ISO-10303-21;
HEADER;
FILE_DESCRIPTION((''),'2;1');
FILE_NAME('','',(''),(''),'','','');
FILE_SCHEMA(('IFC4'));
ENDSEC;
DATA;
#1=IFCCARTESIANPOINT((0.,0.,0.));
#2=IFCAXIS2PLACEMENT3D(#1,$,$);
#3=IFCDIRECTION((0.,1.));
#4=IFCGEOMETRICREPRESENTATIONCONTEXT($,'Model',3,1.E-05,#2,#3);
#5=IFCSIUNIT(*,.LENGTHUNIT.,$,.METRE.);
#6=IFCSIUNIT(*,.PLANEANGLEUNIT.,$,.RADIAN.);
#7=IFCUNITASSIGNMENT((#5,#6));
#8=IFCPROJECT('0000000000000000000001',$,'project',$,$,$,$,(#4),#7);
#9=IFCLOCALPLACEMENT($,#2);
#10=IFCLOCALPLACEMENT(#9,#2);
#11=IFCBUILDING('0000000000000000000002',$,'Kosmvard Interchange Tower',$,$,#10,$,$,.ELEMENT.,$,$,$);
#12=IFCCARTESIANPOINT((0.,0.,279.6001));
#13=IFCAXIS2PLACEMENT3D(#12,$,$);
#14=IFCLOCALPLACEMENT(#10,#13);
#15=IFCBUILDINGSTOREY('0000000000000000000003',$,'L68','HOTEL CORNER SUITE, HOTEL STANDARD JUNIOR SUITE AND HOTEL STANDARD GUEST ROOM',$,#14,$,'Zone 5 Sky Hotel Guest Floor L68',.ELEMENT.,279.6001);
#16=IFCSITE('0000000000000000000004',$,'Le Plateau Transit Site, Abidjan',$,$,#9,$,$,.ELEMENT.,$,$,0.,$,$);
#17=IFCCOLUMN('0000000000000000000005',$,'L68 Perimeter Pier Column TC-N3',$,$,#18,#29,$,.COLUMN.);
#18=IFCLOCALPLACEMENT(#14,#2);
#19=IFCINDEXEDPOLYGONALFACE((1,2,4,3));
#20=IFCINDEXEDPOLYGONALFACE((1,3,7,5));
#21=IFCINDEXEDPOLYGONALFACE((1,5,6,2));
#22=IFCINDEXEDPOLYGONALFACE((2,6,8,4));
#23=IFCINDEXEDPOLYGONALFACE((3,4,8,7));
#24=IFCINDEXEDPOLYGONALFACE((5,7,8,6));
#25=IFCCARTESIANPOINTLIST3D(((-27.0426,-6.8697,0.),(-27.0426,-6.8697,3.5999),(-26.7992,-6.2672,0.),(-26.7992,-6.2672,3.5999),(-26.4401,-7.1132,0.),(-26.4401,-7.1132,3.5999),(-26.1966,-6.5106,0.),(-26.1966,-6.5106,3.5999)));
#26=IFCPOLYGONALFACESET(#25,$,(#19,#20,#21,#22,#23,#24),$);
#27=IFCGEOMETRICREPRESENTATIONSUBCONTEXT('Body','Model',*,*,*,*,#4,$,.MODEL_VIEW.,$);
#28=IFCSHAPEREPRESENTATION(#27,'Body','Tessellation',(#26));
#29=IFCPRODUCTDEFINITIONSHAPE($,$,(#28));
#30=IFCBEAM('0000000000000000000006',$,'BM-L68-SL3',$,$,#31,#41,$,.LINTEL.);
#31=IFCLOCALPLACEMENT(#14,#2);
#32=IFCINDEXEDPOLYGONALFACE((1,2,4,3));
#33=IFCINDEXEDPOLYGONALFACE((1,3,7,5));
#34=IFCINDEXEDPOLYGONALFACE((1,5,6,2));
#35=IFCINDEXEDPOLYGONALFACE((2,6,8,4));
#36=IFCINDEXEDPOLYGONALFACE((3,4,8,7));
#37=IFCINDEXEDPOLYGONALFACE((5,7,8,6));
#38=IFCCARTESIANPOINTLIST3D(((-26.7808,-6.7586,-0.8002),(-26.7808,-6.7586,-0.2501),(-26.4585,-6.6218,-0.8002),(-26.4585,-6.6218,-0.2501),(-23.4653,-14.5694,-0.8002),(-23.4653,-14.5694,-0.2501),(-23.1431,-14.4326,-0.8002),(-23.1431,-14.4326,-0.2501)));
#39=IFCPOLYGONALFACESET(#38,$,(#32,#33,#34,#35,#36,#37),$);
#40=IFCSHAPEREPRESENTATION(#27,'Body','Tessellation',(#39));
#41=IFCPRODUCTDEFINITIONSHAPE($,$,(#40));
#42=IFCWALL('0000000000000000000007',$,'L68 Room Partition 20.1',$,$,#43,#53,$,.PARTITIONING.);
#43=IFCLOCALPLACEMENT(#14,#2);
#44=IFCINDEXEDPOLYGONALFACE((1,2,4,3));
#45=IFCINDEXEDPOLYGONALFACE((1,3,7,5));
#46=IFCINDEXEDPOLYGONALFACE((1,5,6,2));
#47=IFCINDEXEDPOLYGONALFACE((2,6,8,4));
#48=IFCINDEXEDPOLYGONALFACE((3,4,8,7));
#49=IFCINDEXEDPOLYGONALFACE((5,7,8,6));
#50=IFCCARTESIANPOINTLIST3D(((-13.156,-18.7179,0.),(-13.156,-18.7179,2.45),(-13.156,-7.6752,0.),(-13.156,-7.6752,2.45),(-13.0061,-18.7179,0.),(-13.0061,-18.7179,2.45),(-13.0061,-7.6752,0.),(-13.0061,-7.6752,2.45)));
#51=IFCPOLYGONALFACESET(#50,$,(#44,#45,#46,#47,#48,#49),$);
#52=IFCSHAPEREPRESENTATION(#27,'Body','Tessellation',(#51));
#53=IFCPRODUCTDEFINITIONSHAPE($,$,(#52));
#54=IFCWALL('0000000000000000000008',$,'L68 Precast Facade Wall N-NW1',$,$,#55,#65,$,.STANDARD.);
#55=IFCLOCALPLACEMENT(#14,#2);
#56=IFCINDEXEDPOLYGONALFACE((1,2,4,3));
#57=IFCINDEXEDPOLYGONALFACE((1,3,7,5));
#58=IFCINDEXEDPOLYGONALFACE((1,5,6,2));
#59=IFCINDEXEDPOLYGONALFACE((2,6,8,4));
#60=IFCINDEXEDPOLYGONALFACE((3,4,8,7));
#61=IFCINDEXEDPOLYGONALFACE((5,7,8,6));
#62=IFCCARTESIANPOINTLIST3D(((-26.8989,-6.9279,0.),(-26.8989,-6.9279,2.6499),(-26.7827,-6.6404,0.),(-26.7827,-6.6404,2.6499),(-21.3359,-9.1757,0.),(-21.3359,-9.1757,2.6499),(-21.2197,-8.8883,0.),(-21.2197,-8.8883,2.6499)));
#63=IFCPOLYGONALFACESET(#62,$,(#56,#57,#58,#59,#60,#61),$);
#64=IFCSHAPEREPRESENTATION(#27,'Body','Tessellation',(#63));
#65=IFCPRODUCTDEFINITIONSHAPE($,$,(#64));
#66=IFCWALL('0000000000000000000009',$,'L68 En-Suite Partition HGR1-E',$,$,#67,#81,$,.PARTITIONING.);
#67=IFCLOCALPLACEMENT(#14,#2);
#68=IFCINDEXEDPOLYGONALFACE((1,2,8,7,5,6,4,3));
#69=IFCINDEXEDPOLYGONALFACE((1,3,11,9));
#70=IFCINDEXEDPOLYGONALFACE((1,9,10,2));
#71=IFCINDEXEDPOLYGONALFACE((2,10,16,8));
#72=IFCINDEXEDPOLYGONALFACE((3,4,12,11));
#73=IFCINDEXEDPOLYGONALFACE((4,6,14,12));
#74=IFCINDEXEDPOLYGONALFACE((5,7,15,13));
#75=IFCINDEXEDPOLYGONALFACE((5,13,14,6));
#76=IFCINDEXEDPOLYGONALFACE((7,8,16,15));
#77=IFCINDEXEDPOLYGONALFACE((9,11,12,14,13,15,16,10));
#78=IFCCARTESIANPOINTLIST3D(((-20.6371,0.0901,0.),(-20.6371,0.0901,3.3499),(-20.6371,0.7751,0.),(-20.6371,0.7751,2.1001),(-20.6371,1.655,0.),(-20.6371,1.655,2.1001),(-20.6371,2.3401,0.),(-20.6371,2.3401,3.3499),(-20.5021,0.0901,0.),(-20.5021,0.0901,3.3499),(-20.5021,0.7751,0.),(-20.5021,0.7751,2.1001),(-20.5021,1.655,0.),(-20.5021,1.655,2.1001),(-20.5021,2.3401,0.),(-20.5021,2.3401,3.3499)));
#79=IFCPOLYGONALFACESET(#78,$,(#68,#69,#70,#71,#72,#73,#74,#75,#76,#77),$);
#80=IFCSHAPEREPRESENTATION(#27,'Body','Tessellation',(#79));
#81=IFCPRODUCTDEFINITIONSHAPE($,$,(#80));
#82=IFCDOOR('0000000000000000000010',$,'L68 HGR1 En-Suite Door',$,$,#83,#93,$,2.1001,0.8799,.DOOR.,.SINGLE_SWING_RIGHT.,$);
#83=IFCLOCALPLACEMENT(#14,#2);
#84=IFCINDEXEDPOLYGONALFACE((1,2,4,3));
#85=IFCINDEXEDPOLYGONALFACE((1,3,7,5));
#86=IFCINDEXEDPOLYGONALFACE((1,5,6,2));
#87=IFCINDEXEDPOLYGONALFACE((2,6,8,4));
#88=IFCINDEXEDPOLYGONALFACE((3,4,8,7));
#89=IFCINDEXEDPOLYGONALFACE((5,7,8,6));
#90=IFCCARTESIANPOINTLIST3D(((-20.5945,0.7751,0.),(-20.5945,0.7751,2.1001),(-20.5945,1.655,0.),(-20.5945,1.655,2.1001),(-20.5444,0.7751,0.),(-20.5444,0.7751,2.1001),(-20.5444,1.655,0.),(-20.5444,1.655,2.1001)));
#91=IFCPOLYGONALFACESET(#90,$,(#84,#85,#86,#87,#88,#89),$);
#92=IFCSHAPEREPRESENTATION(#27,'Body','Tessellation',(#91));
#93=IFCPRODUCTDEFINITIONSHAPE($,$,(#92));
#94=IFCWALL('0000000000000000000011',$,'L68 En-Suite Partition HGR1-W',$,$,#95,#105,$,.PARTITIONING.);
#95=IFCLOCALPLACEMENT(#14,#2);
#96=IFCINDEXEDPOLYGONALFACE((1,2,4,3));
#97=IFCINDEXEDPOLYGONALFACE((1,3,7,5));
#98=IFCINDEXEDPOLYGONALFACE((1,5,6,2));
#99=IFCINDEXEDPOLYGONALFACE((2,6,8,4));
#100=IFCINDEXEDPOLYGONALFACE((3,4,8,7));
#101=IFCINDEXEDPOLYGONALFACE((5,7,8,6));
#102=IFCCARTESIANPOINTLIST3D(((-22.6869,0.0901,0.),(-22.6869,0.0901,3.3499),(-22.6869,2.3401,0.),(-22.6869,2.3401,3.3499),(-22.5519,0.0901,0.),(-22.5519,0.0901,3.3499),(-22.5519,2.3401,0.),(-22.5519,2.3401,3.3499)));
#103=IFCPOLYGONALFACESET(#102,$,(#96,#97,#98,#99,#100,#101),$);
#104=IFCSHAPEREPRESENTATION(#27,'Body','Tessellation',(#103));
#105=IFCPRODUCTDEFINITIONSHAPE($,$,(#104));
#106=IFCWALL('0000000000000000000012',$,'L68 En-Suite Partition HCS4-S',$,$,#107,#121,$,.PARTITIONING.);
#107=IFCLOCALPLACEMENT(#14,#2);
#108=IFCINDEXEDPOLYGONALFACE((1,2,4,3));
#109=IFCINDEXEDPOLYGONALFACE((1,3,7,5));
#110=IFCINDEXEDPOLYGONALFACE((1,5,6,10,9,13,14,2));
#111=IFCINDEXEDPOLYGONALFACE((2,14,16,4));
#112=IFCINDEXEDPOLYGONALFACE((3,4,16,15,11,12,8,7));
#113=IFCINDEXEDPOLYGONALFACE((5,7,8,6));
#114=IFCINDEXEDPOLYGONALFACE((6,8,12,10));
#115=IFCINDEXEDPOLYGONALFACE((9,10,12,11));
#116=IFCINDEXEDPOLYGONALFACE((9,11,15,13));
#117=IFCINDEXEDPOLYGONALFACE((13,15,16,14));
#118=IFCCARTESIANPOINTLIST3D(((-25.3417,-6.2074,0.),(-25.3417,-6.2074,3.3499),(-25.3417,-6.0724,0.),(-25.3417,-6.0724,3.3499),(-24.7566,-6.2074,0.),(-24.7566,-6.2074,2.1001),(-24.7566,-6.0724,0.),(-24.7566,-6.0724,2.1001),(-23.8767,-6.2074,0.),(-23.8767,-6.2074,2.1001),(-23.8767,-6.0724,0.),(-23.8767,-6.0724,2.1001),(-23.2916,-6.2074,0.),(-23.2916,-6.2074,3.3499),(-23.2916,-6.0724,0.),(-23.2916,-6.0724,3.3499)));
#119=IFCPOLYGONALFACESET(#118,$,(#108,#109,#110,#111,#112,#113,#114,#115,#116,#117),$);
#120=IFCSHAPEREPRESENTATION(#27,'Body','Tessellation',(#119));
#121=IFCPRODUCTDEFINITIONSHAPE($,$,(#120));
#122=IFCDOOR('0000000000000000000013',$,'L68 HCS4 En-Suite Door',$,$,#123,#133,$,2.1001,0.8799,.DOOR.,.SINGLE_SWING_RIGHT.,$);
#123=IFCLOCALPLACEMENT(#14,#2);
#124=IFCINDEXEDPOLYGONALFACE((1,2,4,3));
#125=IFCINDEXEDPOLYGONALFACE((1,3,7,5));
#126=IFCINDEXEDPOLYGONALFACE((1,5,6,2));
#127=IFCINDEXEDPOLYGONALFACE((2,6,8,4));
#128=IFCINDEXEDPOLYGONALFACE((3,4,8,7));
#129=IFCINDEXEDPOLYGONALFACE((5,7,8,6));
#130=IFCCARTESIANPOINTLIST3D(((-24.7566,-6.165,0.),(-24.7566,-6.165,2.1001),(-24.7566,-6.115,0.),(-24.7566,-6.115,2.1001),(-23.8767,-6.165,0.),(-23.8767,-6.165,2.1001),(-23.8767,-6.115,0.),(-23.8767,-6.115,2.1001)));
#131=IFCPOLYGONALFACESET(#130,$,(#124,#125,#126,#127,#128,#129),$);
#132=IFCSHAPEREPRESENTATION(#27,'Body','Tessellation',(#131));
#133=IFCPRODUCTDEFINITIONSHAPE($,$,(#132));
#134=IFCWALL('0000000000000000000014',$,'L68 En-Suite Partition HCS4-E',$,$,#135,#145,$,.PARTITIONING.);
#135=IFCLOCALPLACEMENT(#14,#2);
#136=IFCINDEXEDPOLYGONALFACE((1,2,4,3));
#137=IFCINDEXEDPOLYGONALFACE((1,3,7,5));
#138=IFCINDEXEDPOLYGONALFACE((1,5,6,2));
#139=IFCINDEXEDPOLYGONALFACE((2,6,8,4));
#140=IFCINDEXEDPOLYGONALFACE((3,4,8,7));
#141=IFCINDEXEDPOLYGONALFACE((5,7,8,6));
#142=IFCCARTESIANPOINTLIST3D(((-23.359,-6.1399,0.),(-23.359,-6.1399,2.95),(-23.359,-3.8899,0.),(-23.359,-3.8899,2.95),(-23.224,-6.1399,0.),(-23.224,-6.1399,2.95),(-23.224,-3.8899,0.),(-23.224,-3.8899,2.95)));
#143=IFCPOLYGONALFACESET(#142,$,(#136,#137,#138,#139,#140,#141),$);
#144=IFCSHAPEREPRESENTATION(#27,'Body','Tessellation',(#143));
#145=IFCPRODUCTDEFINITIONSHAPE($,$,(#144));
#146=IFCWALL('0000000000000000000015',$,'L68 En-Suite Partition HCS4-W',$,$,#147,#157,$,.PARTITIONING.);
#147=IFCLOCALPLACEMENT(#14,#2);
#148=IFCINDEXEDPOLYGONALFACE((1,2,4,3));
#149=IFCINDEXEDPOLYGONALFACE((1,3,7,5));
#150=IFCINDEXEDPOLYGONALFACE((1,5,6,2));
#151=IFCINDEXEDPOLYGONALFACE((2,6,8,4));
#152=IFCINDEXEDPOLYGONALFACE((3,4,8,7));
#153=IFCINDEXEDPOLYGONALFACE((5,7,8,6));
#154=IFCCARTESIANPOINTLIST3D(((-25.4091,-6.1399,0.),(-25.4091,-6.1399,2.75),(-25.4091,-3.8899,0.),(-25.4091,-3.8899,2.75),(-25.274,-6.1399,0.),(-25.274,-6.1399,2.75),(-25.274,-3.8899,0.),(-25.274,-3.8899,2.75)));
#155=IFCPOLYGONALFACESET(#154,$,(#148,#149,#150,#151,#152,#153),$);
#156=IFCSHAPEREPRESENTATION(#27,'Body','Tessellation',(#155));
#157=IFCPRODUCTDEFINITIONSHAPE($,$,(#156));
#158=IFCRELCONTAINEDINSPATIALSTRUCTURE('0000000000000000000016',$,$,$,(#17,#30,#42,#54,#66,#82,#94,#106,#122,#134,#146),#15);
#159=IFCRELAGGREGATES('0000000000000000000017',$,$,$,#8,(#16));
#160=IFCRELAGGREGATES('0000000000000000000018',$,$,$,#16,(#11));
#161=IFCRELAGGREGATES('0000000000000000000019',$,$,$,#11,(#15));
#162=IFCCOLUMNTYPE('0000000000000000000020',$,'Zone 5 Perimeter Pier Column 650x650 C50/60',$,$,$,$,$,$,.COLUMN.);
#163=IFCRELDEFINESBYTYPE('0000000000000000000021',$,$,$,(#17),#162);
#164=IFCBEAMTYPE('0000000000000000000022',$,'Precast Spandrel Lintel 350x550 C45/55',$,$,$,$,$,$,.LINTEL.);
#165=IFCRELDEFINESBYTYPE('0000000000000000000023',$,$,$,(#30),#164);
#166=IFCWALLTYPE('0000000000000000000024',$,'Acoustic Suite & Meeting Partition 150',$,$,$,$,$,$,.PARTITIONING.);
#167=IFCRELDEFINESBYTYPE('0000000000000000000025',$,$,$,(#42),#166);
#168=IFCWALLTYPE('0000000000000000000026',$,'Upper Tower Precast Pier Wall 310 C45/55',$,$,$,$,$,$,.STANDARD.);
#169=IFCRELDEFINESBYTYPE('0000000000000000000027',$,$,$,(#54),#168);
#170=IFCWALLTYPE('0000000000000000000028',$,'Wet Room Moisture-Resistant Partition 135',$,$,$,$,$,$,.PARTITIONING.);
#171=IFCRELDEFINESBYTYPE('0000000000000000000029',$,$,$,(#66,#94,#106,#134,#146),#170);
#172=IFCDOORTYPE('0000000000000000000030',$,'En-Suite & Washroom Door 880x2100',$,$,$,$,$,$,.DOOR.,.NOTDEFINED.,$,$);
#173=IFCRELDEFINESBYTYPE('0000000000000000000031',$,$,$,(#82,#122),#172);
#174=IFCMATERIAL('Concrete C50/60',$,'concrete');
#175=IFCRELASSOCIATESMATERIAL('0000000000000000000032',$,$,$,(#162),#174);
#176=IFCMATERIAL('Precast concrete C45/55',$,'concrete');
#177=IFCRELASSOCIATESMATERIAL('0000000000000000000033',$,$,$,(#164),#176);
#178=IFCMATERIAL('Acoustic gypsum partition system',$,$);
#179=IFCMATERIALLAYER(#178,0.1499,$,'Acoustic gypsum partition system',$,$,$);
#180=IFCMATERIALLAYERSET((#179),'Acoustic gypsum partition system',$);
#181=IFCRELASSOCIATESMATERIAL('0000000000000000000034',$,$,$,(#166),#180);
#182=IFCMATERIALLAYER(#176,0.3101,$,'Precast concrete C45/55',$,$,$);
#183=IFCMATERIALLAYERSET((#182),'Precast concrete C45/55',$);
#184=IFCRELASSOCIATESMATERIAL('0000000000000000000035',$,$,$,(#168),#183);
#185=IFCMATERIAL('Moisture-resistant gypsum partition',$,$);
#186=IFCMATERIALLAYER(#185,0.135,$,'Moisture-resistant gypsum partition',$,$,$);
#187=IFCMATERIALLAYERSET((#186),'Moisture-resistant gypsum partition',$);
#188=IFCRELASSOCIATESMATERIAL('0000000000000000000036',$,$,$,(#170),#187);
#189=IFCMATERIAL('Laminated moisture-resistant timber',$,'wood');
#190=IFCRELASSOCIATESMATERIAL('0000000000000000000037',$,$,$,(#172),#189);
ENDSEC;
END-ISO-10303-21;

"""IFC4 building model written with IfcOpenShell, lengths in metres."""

from ifc_helpers import new_model, si_unit, direction, frame, frame_2d, origin, origin_2d, place, context, subcontext, project, spatial, rectangle, extrude, source, transform, mapped, material, layer, layer_set, material_profile, profile_set, type_object, element, fill, save


model = new_model("IFC4")

# Units and contexts
model_context = context("Model", 3, precision=1e-05, world=origin(), true_north=direction((0.0, 1.0)))
body_context = subcontext(model_context, "Body", "Model", "MODEL_VIEW")
ifc_project = project(units=[si_unit("LENGTHUNIT", "METRE"), si_unit("PLANEANGLEUNIT", "RADIAN")], contexts=[model_context])

# Site, building, storey
site_placement = place(None, origin())
site = spatial("IfcSite", under=ifc_project, at=site_placement, Name="Le Plateau Transit Site, Abidjan", CompositionType="ELEMENT", RefElevation=0.0)
building_placement = place(site_placement, origin())
building = spatial("IfcBuilding", under=site, at=building_placement, Name="Kosmvard Interchange Tower", CompositionType="ELEMENT")
storey_placement = place(building_placement, frame((0.0, 0.0, 279.6001)))
storey = spatial("IfcBuildingStorey", under=building, at=storey_placement, Name="L68", Description="HOTEL CORNER SUITE, HOTEL STANDARD JUNIOR SUITE AND HOTEL STANDARD GUEST ROOM", LongName="Zone 5 Sky Hotel Guest Floor L68", CompositionType="ELEMENT", Elevation=279.6001)

# Column
ifc_material_1 = material(Name="Concrete C50/60", Category="concrete")
ifc_material_profile_1 = material_profile(ifc_material_1, rectangle(XDim=0.6499, YDim=0.6499, at=origin_2d()), Name="TC 650x650")
ifc_profile_set_1 = profile_set([ifc_material_profile_1], Name="Concrete C50/60")
column_type = type_object("IfcColumnType", Name="Zone 5 Perimeter Pier Column 650x650 C50/60", PredefinedType="COLUMN", material=ifc_profile_set_1)
shared_shape_1 = source(origin(), body_context, "Body", "SweptSolid", [
    extrude(rectangle(XDim=0.6499, YDim=0.6499, at=origin_2d()), origin(), (0.0, 0.0, 1.0), 3.5999),
])
column_placement = place(storey_placement, frame((-26.6196, -6.6902, 0.0), z_axis=(0.0, 0.0, 1.0), x_axis=(0.374607, 0.927184, 0.0)))
element("IfcColumn", 1, at=column_placement, inside=storey, type_object=column_type, Name="L68 Perimeter Pier Column TC-N3", PredefinedType="COLUMN", context=body_context, shape_type="MappedRepresentation", body=[
    mapped(shared_shape_1, transform((0.0, 0.0, 0.0), scale=1.0)),
])

# Beam
ifc_material_2 = material(Name="Precast concrete C45/55", Category="concrete")
ifc_material_profile_2 = material_profile(ifc_material_2, rectangle(XDim=0.3501, YDim=0.55, at=origin_2d()), Name="SL 350x550")
ifc_profile_set_2 = profile_set([ifc_material_profile_2], Name="Precast concrete C45/55")
beam_type = type_object("IfcBeamType", Name="Precast Spandrel Lintel 350x550 C45/55", PredefinedType="LINTEL", material=ifc_profile_set_2)
shared_shape_2 = source(origin(), body_context, "Body", "SweptSolid", [
    extrude(rectangle(XDim=0.3501, YDim=0.55, at=origin_2d()), origin(), (0.0, 0.0, 1.0), 8.4854),
])
beam_placement = place(storey_placement, frame((-26.6196, -6.6902, -0.5251), z_axis=(0.390726, -0.920507, 0.0), x_axis=(0.920507, 0.390726, 0.0)))
element("IfcBeam", 2, at=beam_placement, inside=storey, type_object=beam_type, Name="BM-L68-SL3", PredefinedType="LINTEL", context=body_context, shape_type="MappedRepresentation", body=[
    mapped(shared_shape_2, transform((0.0, 0.0, 0.0), scale=1.0)),
])

# Walls
ifc_material_3 = material(Name="Acoustic gypsum partition system")
ifc_layer_1 = layer(ifc_material_3, 0.1499, Name="Acoustic gypsum partition system")
ifc_layer_set_1 = layer_set([ifc_layer_1], Name="Acoustic gypsum partition system")
wall_type_1 = type_object("IfcWallType", Name="Acoustic Suite & Meeting Partition 150", PredefinedType="PARTITIONING", material=ifc_layer_set_1)
wall_1_placement = place(storey_placement, frame((-13.0811, -7.675, 0.0), z_axis=(0.0, 0.0, 1.0), x_axis=(0.0, -1.0, 0.0)))
element("IfcWall", 3, at=wall_1_placement, inside=storey, type_object=wall_type_1, Name="L68 Room Partition 20.1", PredefinedType="PARTITIONING", context=body_context, shape_type="SweptSolid", body=[
    extrude(rectangle(XDim=11.0427, YDim=0.1499, at=frame_2d((5.5215, 0.0))), origin(), (0.0, 0.0, 1.0), 2.45),
])
ifc_layer_2 = layer(ifc_material_2, 0.3101, Name="Precast concrete C45/55")
ifc_layer_set_2 = layer_set([ifc_layer_2], Name="Precast concrete C45/55")
wall_type_2 = type_object("IfcWallType", Name="Upper Tower Precast Pier Wall 310 C45/55", PredefinedType="STANDARD", material=ifc_layer_set_2)
wall_2_placement = place(storey_placement, frame((-26.8408, -6.7842, 0.0), z_axis=(0.0, 0.0, 1.0), x_axis=(0.927172, -0.374637, 0.0)))
element("IfcWall", 4, at=wall_2_placement, inside=storey, type_object=wall_type_2, Name="L68 Precast Facade Wall N-NW1", PredefinedType="STANDARD", context=body_context, shape_type="SweptSolid", body=[
    extrude(rectangle(XDim=6.0, YDim=0.3101, at=frame_2d((3.0, 0.0))), origin(), (0.0, 0.0, 1.0), 2.6499),
])

# Wall, opening, door
ifc_material_4 = material(Name="Moisture-resistant gypsum partition")
ifc_layer_3 = layer(ifc_material_4, 0.135, Name="Moisture-resistant gypsum partition")
ifc_layer_set_3 = layer_set([ifc_layer_3], Name="Moisture-resistant gypsum partition")
wall_type_3 = type_object("IfcWallType", Name="Wet Room Moisture-Resistant Partition 135", PredefinedType="PARTITIONING", material=ifc_layer_set_3)
wall_3_placement = place(storey_placement, frame((-20.5696, 0.0901, 0.0), z_axis=(0.0, 0.0, 1.0), x_axis=(0.0, 1.0, 0.0)))
wall_3 = element("IfcWall", 5, at=wall_3_placement, inside=storey, type_object=wall_type_3, Name="L68 En-Suite Partition HGR1-E", PredefinedType="PARTITIONING", context=body_context, shape_type="SweptSolid", body=[
    extrude(rectangle(XDim=2.25, YDim=0.135, at=frame_2d((1.125, 0.0))), origin(), (0.0, 0.0, 1.0), 3.3499),
])
opening_1_placement = place(wall_3_placement, frame((0.6851, 0.0, 0.0)))
opening_1 = element("IfcOpeningElement", 6, at=opening_1_placement, cuts=wall_3, PredefinedType="OPENING", context=body_context, shape_type="SweptSolid", body=[
    extrude(rectangle(XDim=0.8799, YDim=2.1001, at=frame_2d((0.4399, 1.05))), frame((0.0, 0.0776, 0.0), z_axis=(0.0, -1.0, 0.0), x_axis=(1.0, 0.0, 0.0)), (0.0, 0.0, 1.0), 0.155),
])
ifc_material_5 = material(Name="Laminated moisture-resistant timber", Category="wood")
door_type = type_object("IfcDoorType", Name="En-Suite & Washroom Door 880x2100", OperationType="NOTDEFINED", PredefinedType="DOOR", material=ifc_material_5)
shared_shape_3 = source(origin(), body_context, "Body", "SweptSolid", [
    extrude(rectangle(XDim=0.8799, YDim=2.1001, at=frame_2d((0.4399, 1.05))), frame((0.0, 0.0249, 0.0), z_axis=(0.0, -1.0, 0.0), x_axis=(1.0, 0.0, 0.0)), (0.0, 0.0, 1.0), 0.05),
])
door_1_placement = place(opening_1_placement, origin())
door_1 = element("IfcDoor", 7, at=door_1_placement, inside=storey, type_object=door_type, Name="L68 HGR1 En-Suite Door", OperationType="SINGLE_SWING_RIGHT", OverallHeight=2.1001, OverallWidth=0.8799, PredefinedType="DOOR", context=body_context, shape_type="MappedRepresentation", body=[
    mapped(shared_shape_3, transform((0.0, 0.0, 0.0), scale=1.0)),
])
fill(opening_1, door_1)

# Wall
wall_4_placement = place(storey_placement, frame((-22.6194, 0.0901, 0.0), z_axis=(0.0, 0.0, 1.0), x_axis=(0.0, 1.0, 0.0)))
element("IfcWall", 8, at=wall_4_placement, inside=storey, type_object=wall_type_3, Name="L68 En-Suite Partition HGR1-W", PredefinedType="PARTITIONING", context=body_context, shape_type="SweptSolid", body=[
    extrude(rectangle(XDim=2.25, YDim=0.135, at=frame_2d((1.125, 0.0))), origin(), (0.0, 0.0, 1.0), 3.3499),
])

# Wall, opening, door
wall_5_placement = place(storey_placement, frame((-25.3416, -6.1399, 0.0), z_axis=(0.0, 0.0, 1.0), x_axis=(1.0, 0.0, 0.0)))
wall_5 = element("IfcWall", 9, at=wall_5_placement, inside=storey, type_object=wall_type_3, Name="L68 En-Suite Partition HCS4-S", PredefinedType="PARTITIONING", context=body_context, shape_type="SweptSolid", body=[
    extrude(rectangle(XDim=2.05, YDim=0.135, at=frame_2d((1.0249, 0.0))), origin(), (0.0, 0.0, 1.0), 3.3499),
])
opening_2_placement = place(wall_5_placement, frame((0.585, 0.0, 0.0)))
opening_2 = element("IfcOpeningElement", 10, at=opening_2_placement, cuts=wall_5, PredefinedType="OPENING", context=body_context, shape_type="SweptSolid", body=[
    extrude(rectangle(XDim=0.8799, YDim=2.1001, at=frame_2d((0.4399, 1.05))), frame((0.0, 0.0776, 0.0), z_axis=(0.0, -1.0, 0.0), x_axis=(1.0, 0.0, 0.0)), (0.0, 0.0, 1.0), 0.155),
])
door_2_placement = place(opening_2_placement, origin())
door_2 = element("IfcDoor", 11, at=door_2_placement, inside=storey, type_object=door_type, Name="L68 HCS4 En-Suite Door", OperationType="SINGLE_SWING_RIGHT", OverallHeight=2.1001, OverallWidth=0.8799, PredefinedType="DOOR", context=body_context, shape_type="MappedRepresentation", body=[
    mapped(shared_shape_3, transform((0.0, 0.0, 0.0), scale=1.0)),
])
fill(opening_2, door_2)

# Walls
wall_6_placement = place(storey_placement, frame((-23.2915, -6.1399, 0.0), z_axis=(0.0, 0.0, 1.0), x_axis=(0.0, 1.0, 0.0)))
element("IfcWall", 12, at=wall_6_placement, inside=storey, type_object=wall_type_3, Name="L68 En-Suite Partition HCS4-E", PredefinedType="PARTITIONING", context=body_context, shape_type="SweptSolid", body=[
    extrude(rectangle(XDim=2.25, YDim=0.135, at=frame_2d((1.125, 0.0))), origin(), (0.0, 0.0, 1.0), 2.95),
])
wall_7_placement = place(storey_placement, frame((-25.3416, -6.1399, 0.0), z_axis=(0.0, 0.0, 1.0), x_axis=(0.0, 1.0, 0.0)))
element("IfcWall", 13, at=wall_7_placement, inside=storey, type_object=wall_type_3, Name="L68 En-Suite Partition HCS4-W", PredefinedType="PARTITIONING", context=body_context, shape_type="SweptSolid", body=[
    extrude(rectangle(XDim=2.25, YDim=0.135, at=frame_2d((1.125, 0.0))), origin(), (0.0, 0.0, 1.0), 2.75),
])

save(model, "model.ifc")
